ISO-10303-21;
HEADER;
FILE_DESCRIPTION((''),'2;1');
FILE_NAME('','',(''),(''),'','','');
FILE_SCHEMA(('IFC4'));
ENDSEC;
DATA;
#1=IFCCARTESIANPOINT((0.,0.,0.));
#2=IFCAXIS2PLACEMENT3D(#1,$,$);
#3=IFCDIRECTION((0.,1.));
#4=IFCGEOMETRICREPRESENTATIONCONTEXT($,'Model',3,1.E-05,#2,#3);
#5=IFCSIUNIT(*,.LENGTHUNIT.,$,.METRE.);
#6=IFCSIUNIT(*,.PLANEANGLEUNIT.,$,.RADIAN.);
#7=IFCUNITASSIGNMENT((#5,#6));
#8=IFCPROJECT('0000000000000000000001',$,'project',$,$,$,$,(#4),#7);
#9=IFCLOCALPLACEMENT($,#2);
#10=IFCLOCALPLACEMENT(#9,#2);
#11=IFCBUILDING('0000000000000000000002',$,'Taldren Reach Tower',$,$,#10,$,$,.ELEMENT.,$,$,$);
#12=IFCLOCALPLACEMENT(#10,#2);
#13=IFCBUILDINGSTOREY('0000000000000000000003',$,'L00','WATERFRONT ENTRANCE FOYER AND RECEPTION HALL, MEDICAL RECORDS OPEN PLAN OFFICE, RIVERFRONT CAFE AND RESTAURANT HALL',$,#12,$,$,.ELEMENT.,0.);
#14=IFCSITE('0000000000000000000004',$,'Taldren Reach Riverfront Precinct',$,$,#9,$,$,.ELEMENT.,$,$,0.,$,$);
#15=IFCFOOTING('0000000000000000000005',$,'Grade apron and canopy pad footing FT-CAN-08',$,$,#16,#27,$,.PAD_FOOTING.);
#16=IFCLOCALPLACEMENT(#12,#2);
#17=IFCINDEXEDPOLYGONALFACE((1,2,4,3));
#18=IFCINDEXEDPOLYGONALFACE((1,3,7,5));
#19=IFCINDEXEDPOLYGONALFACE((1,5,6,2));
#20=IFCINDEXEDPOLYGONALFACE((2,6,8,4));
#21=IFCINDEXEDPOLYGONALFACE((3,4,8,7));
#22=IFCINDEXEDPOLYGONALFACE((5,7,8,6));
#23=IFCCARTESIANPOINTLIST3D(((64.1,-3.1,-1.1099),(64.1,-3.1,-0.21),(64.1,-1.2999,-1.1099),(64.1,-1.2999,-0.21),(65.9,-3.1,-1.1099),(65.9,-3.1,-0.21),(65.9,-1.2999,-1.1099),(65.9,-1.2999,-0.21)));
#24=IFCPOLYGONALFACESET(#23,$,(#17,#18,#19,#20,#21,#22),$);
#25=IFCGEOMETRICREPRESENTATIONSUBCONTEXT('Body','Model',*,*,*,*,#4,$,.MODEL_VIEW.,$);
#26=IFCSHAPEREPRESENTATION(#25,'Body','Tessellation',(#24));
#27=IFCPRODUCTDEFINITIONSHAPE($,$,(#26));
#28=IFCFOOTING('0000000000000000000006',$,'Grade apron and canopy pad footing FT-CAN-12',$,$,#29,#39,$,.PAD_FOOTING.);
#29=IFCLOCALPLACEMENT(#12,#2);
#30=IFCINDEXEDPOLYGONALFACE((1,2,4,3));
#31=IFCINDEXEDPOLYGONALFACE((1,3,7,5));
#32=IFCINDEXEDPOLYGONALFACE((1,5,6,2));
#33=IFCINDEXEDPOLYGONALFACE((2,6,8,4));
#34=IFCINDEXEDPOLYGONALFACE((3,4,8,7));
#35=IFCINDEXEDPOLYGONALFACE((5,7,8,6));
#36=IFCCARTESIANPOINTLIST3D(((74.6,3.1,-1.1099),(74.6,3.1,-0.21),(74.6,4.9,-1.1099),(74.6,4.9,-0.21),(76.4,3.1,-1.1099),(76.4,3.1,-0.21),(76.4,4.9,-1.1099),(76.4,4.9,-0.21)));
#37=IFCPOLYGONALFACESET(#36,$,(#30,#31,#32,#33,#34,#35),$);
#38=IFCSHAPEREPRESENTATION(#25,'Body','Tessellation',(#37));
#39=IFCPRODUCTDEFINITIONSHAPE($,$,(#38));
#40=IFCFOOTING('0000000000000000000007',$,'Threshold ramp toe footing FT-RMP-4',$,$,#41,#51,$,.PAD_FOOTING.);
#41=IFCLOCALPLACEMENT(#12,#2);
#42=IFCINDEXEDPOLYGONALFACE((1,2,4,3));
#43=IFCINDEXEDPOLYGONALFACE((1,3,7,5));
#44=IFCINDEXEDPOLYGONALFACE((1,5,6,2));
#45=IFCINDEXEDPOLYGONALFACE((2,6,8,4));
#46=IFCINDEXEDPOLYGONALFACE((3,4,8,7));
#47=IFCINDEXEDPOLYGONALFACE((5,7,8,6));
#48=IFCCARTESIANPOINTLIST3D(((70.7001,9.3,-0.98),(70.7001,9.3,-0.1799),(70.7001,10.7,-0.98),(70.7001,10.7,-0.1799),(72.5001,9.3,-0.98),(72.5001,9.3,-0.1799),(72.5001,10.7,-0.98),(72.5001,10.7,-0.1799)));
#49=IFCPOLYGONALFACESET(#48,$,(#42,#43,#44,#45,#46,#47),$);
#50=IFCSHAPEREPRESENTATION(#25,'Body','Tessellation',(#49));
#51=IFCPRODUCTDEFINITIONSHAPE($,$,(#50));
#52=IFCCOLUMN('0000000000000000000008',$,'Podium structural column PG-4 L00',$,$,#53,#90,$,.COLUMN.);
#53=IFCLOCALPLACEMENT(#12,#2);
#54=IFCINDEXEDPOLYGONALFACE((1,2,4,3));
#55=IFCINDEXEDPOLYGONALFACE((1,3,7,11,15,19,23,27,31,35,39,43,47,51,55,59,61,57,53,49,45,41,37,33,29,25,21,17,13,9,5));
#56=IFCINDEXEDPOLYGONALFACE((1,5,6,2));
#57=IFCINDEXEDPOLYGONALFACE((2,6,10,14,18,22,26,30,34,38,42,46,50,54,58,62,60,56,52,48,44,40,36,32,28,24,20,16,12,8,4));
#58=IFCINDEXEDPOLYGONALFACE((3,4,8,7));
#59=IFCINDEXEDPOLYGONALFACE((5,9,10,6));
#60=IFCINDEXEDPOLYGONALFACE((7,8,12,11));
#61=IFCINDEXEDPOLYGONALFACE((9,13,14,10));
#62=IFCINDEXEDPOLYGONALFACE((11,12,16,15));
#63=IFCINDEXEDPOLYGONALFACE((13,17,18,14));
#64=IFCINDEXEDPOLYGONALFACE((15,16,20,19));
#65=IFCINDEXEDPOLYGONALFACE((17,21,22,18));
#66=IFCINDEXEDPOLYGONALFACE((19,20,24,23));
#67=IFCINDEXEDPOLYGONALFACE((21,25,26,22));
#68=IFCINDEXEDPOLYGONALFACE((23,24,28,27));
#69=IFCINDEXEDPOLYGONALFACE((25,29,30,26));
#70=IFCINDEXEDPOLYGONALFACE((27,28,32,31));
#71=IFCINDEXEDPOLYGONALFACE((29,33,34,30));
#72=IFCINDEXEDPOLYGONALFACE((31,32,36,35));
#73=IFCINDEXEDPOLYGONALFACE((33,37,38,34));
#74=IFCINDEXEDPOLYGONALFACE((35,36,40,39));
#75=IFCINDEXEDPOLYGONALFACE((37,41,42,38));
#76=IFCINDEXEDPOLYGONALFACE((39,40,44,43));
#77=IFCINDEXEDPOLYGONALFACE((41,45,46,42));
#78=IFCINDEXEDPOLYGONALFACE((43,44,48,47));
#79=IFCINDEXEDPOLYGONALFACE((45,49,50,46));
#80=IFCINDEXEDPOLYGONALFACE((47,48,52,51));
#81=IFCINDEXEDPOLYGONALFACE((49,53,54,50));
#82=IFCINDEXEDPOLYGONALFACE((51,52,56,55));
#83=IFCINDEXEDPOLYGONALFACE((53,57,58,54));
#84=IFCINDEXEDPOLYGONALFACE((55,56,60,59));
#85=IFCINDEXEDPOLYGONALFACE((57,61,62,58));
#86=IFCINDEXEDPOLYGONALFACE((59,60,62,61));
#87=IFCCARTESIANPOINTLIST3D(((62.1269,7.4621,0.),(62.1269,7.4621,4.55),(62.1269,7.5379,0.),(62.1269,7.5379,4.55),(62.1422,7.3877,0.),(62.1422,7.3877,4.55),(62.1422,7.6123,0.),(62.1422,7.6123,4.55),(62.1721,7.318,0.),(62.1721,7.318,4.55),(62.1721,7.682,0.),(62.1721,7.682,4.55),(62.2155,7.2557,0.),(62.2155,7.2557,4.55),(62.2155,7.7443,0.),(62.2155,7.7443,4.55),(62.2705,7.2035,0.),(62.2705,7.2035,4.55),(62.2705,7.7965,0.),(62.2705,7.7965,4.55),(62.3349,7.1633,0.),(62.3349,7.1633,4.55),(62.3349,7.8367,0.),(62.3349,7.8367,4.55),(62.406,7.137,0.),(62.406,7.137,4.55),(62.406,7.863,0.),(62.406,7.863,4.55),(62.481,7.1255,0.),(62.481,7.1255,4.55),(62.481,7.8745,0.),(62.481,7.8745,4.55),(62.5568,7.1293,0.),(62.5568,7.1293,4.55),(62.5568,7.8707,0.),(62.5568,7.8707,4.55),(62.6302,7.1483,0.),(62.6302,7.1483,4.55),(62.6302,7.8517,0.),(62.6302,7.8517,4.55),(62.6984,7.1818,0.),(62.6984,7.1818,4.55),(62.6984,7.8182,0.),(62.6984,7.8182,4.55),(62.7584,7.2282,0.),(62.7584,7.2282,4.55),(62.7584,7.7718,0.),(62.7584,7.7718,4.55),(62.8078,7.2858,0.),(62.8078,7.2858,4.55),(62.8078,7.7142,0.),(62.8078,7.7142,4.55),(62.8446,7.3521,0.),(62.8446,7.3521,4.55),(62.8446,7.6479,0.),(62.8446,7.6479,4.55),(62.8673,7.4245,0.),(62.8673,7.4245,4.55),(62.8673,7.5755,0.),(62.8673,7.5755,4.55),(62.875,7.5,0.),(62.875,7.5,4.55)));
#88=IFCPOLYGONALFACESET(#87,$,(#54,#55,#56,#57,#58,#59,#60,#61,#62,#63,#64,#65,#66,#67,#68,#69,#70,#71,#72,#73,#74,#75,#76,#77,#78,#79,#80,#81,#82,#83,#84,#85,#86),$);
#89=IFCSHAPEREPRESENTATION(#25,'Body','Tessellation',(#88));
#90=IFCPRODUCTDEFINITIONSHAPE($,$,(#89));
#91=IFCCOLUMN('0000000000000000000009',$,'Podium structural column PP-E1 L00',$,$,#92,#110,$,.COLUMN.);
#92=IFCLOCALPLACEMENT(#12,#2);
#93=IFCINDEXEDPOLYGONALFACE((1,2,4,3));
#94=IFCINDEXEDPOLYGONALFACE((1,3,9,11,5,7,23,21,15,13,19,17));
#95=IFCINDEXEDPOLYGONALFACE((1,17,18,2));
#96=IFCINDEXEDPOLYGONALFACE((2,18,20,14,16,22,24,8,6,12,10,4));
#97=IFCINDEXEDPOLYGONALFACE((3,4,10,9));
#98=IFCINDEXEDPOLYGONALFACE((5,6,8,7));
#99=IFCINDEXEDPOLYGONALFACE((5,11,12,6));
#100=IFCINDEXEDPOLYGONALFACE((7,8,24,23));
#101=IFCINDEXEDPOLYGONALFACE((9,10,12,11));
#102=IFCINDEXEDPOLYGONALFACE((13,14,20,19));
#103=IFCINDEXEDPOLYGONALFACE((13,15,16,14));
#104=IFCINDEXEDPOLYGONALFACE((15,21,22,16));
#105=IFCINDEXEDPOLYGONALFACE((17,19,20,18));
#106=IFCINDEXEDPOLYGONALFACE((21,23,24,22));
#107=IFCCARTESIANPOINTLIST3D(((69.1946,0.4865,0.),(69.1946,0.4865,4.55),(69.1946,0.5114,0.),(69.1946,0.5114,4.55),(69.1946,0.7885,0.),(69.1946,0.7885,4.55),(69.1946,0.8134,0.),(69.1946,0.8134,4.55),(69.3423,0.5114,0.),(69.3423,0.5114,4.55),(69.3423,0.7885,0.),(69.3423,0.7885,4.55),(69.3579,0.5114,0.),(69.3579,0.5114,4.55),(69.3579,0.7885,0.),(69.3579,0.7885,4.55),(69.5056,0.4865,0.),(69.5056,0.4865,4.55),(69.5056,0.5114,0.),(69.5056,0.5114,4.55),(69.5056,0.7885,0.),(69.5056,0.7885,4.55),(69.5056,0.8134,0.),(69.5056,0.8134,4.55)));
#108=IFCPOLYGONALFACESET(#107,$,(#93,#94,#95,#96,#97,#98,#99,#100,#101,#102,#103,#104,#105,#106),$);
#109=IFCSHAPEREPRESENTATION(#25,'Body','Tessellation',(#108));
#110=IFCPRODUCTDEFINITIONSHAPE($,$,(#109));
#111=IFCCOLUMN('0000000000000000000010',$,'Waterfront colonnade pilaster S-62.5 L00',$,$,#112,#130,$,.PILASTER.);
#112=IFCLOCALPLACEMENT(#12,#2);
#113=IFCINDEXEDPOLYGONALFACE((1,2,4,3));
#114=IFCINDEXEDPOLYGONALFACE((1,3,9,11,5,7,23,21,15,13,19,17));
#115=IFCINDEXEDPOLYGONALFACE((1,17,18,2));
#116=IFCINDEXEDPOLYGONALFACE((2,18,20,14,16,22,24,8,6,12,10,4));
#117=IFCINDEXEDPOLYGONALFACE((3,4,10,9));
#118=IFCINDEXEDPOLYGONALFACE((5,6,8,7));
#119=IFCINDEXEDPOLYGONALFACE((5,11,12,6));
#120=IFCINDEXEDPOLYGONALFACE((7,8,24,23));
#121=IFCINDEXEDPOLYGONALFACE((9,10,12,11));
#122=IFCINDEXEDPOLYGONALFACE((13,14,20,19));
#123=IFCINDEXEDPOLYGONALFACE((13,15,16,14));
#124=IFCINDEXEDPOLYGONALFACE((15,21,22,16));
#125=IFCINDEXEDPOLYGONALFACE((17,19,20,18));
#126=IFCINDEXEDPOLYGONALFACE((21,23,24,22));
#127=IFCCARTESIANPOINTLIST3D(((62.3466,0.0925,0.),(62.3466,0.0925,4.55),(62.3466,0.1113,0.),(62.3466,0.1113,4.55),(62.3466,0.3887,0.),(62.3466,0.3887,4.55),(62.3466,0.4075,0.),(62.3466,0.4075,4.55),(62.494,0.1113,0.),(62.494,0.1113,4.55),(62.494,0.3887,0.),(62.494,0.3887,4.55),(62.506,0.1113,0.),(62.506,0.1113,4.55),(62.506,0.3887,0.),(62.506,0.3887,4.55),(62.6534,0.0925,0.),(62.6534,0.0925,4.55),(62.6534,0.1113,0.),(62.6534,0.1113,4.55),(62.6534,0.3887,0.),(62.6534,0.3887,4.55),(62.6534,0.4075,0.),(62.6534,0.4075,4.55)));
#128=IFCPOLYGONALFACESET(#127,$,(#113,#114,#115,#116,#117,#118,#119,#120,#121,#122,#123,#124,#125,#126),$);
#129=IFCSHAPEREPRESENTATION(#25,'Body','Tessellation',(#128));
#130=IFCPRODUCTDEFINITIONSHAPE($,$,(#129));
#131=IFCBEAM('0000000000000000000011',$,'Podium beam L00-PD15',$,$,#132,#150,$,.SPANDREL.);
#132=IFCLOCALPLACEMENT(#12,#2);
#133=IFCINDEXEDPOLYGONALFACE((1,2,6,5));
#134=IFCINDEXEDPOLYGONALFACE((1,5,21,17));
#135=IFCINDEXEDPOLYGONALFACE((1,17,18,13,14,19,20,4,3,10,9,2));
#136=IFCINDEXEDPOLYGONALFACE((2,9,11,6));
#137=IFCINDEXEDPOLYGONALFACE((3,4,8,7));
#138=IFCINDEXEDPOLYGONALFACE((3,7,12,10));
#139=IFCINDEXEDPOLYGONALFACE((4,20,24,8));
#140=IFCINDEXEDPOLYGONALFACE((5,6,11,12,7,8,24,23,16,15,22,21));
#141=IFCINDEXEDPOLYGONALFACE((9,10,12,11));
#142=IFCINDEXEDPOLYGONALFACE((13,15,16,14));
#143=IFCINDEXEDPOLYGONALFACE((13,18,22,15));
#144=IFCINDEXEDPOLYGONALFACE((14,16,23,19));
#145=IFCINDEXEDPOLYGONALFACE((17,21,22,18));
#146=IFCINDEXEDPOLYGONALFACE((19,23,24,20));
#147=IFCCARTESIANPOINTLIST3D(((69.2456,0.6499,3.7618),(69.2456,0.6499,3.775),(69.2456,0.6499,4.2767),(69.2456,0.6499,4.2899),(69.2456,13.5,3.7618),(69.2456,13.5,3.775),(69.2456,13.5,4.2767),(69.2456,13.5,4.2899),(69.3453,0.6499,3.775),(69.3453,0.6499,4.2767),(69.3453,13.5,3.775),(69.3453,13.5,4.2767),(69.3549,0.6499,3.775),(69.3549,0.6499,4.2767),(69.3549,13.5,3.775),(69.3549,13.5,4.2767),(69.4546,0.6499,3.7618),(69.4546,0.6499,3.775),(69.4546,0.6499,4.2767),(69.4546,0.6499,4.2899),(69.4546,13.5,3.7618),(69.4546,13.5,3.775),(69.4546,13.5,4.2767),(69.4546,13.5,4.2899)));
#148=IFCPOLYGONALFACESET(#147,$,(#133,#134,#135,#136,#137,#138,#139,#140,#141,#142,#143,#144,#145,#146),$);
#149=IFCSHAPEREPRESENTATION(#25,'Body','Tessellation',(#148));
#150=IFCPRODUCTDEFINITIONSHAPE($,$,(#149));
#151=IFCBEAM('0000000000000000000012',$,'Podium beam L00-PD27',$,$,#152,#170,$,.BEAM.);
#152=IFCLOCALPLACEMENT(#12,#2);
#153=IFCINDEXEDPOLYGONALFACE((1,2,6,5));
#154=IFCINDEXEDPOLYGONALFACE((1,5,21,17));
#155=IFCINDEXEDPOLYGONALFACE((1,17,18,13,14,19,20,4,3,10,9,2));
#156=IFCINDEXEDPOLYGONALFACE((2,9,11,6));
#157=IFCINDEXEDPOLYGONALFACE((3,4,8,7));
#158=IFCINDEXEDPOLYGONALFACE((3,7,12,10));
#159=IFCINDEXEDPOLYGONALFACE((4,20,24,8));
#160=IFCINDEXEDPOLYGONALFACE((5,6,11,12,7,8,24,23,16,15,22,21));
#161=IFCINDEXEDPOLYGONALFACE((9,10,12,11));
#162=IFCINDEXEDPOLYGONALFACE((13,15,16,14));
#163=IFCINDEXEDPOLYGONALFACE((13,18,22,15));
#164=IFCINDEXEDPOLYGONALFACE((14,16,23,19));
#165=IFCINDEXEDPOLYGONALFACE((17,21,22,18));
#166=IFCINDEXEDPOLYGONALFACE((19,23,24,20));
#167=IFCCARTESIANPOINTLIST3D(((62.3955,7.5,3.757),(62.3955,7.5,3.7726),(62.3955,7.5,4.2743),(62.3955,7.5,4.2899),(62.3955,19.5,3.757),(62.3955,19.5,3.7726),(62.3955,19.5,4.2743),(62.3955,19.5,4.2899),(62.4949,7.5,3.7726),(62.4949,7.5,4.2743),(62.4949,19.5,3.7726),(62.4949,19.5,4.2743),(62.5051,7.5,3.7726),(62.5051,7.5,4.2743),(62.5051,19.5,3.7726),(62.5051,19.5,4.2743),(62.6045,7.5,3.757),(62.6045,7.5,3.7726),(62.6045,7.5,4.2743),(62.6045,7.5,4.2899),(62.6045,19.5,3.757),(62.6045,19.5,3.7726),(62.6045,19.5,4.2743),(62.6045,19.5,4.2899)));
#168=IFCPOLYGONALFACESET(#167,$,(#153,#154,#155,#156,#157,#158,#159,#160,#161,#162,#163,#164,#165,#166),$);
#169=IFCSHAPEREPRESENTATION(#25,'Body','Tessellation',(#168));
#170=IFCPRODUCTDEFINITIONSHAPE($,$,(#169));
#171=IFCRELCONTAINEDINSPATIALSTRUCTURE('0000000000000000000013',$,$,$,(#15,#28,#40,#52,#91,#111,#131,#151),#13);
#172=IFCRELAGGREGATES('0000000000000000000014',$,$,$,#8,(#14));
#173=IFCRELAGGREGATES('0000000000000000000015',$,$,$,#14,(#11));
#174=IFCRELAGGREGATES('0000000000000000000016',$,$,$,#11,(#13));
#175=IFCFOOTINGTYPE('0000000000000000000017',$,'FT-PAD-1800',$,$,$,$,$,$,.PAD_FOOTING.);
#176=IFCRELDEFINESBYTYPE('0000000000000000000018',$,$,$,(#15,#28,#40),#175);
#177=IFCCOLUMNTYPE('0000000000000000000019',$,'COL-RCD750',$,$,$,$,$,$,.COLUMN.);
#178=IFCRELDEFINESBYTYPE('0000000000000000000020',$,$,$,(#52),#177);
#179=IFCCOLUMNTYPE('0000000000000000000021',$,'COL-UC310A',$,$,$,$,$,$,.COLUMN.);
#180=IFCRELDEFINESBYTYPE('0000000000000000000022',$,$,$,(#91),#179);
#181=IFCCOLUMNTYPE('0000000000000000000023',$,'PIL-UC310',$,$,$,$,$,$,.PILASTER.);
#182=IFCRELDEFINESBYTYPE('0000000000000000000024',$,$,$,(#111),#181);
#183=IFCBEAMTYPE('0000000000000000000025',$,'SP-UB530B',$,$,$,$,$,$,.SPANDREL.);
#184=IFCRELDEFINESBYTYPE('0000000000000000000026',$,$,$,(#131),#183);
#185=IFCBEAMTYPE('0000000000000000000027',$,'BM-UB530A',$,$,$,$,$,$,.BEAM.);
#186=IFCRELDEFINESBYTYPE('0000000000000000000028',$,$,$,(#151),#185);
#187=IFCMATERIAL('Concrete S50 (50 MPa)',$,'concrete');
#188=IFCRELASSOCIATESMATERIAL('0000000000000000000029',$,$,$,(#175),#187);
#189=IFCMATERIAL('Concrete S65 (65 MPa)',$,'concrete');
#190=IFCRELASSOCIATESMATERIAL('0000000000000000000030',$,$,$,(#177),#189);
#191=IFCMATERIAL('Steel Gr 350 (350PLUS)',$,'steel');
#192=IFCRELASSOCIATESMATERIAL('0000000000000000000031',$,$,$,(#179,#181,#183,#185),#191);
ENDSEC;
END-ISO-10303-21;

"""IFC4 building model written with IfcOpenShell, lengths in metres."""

from ifc_helpers import new_model, si_unit, direction, frame, origin, origin_2d, place, context, subcontext, project, spatial, rectangle, circle, i_section, extrude, source, transform, mapped, material, material_profile, profile_set, type_object, element, save


model = new_model("IFC4")

# Units and contexts
model_context = context("Model", 3, precision=1e-05, world=origin(), true_north=direction((0.0, 1.0)))
body_context = subcontext(model_context, "Body", "Model", "MODEL_VIEW")
ifc_project = project(units=[si_unit("LENGTHUNIT", "METRE"), si_unit("PLANEANGLEUNIT", "RADIAN")], contexts=[model_context])

# Site, building, storey
site_placement = place(None, origin())
site = spatial("IfcSite", under=ifc_project, at=site_placement, Name="Taldren Reach Riverfront Precinct", CompositionType="ELEMENT", RefElevation=0.0)
building_placement = place(site_placement, origin())
building = spatial("IfcBuilding", under=site, at=building_placement, Name="Taldren Reach Tower", CompositionType="ELEMENT")
storey_placement = place(building_placement, origin())
storey = spatial("IfcBuildingStorey", under=building, at=storey_placement, Name="L00", Description="WATERFRONT ENTRANCE FOYER AND RECEPTION HALL, MEDICAL RECORDS OPEN PLAN OFFICE, RIVERFRONT CAFE AND RESTAURANT HALL", CompositionType="ELEMENT", Elevation=0.0)

# Footings
ifc_material_1 = material(Name="Concrete S50 (50 MPa)", Category="concrete")
footing_type = type_object("IfcFootingType", Name="FT-PAD-1800", PredefinedType="PAD_FOOTING", material=ifc_material_1)
shared_shape_1 = source(origin(), body_context, "Body", "SweptSolid", [
    extrude(rectangle(XDim=1.8, YDim=1.8, at=origin_2d()), origin(), (0.0, 0.0, 1.0), 0.8999),
])
for number, where, z_axis, x_axis, name in (
    (1, (65.0, -2.2, -1.1099), (0.0, 0.0, 1.0), (1.0, 0.0, 0.0), "Grade apron and canopy pad footing FT-CAN-08"),
    (2, (75.5, 4.0, -1.1099), (0.0, 0.0, 1.0), (1.0, 0.0, 0.0), "Grade apron and canopy pad footing FT-CAN-12"),
):
    element("IfcFooting", number, at=place(storey_placement, frame(where, z_axis=z_axis, x_axis=x_axis)), inside=storey, type_object=footing_type, Name=name, PredefinedType="PAD_FOOTING", context=body_context, shape_type="MappedRepresentation", body=[
        mapped(shared_shape_1, transform((0.0, 0.0, 0.0), scale=1.0)),
    ])
shared_shape_2 = source(origin(), body_context, "Body", "SweptSolid", [
    extrude(rectangle(XDim=1.8, YDim=1.3999, at=origin_2d()), origin(), (0.0, 0.0, 1.0), 0.8),
])
footing_placement = place(storey_placement, frame((71.6001, 10.0, -0.98), z_axis=(0.0, 0.0, 1.0), x_axis=(1.0, 0.0, 0.0)))
element("IfcFooting", 3, at=footing_placement, inside=storey, type_object=footing_type, Name="Threshold ramp toe footing FT-RMP-4", PredefinedType="PAD_FOOTING", context=body_context, shape_type="MappedRepresentation", body=[
    mapped(shared_shape_2, transform((0.0, 0.0, 0.0), scale=1.0)),
])

# Columns
ifc_material_2 = material(Name="Concrete S65 (65 MPa)", Category="concrete")
ifc_material_profile_1 = material_profile(ifc_material_2, circle(Radius=0.375, at=origin_2d()), Name="RC-750D")
ifc_profile_set_1 = profile_set([ifc_material_profile_1], Name="Concrete S65 (65 MPa)")
column_type_1 = type_object("IfcColumnType", Name="COL-RCD750", PredefinedType="COLUMN", material=ifc_profile_set_1)
shared_shape_3 = source(origin(), body_context, "Body", "SweptSolid", [
    extrude(circle(Radius=0.375, at=origin_2d()), origin(), (0.0, 0.0, 1.0), 4.55),
])
column_1_placement = place(storey_placement, frame((62.5, 7.5, 0.0), z_axis=(0.0, 0.0, 1.0), x_axis=(1.0, 0.0, 0.0)))
element("IfcColumn", 4, at=column_1_placement, inside=storey, type_object=column_type_1, Name="Podium structural column PG-4 L00", PredefinedType="COLUMN", context=body_context, shape_type="MappedRepresentation", body=[
    mapped(shared_shape_3, transform((0.0, 0.0, 0.0), scale=1.0)),
])
ifc_material_3 = material(Name="Steel Gr 350 (350PLUS)", Category="steel")
ifc_material_profile_2 = material_profile(ifc_material_3, i_section(OverallWidth=0.311, OverallDepth=0.3269, WebThickness=0.0156, FlangeThickness=0.0249, at=origin_2d()), Name="310UC158")
ifc_profile_set_2 = profile_set([ifc_material_profile_2], Name="Steel Gr 350 (350PLUS)")
column_type_2 = type_object("IfcColumnType", Name="COL-UC310A", PredefinedType="COLUMN", material=ifc_profile_set_2)
shared_shape_4 = source(origin(), body_context, "Body", "SweptSolid", [
    extrude(i_section(OverallWidth=0.311, OverallDepth=0.3269, WebThickness=0.0156, FlangeThickness=0.0249, at=origin_2d()), origin(), (0.0, 0.0, 1.0), 4.55),
])
column_2_placement = place(storey_placement, frame((69.3501, 0.6499, 0.0), z_axis=(0.0, 0.0, 1.0), x_axis=(1.0, 0.0, 0.0)))
element("IfcColumn", 5, at=column_2_placement, inside=storey, type_object=column_type_2, Name="Podium structural column PP-E1 L00", PredefinedType="COLUMN", context=body_context, shape_type="MappedRepresentation", body=[
    mapped(shared_shape_4, transform((0.0, 0.0, 0.0), scale=1.0)),
])
ifc_material_profile_3 = material_profile(ifc_material_3, i_section(OverallWidth=0.3069, OverallDepth=0.3149, WebThickness=0.012, FlangeThickness=0.0188, at=origin_2d()), Name="310UC118")
ifc_profile_set_3 = profile_set([ifc_material_profile_3], Name="Steel Gr 350 (350PLUS)")
column_type_3 = type_object("IfcColumnType", Name="PIL-UC310", PredefinedType="PILASTER", material=ifc_profile_set_3)
shared_shape_5 = source(origin(), body_context, "Body", "SweptSolid", [
    extrude(i_section(OverallWidth=0.3069, OverallDepth=0.3149, WebThickness=0.012, FlangeThickness=0.0188, at=origin_2d()), origin(), (0.0, 0.0, 1.0), 4.55),
])
column_3_placement = place(storey_placement, frame((62.5, 0.25, 0.0), z_axis=(0.0, 0.0, 1.0), x_axis=(1.0, 0.0, 0.0)))
element("IfcColumn", 6, at=column_3_placement, inside=storey, type_object=column_type_3, Name="Waterfront colonnade pilaster S-62.5 L00", PredefinedType="PILASTER", context=body_context, shape_type="MappedRepresentation", body=[
    mapped(shared_shape_5, transform((0.0, 0.0, 0.0), scale=1.0)),
])

# Beams
ifc_material_profile_4 = material_profile(ifc_material_3, i_section(OverallWidth=0.209, OverallDepth=0.5281, WebThickness=0.0095, FlangeThickness=0.0132, at=origin_2d()), Name="530UB82.0")
ifc_profile_set_4 = profile_set([ifc_material_profile_4], Name="Steel Gr 350 (350PLUS)")
beam_type_1 = type_object("IfcBeamType", Name="SP-UB530B", PredefinedType="SPANDREL", material=ifc_profile_set_4)
shared_shape_6 = source(origin(), body_context, "Body", "SweptSolid", [
    extrude(i_section(OverallWidth=0.209, OverallDepth=0.5281, WebThickness=0.0095, FlangeThickness=0.0132, at=origin_2d()), origin(), (0.0, 0.0, 1.0), 12.8501),
])
beam_1_placement = place(storey_placement, frame((69.3501, 0.6499, 4.0259), z_axis=(0.0, 1.0, 0.0), x_axis=(-1.0, 0.0, 0.0)))
element("IfcBeam", 7, at=beam_1_placement, inside=storey, type_object=beam_type_1, Name="Podium beam L00-PD15", PredefinedType="SPANDREL", context=body_context, shape_type="MappedRepresentation", body=[
    mapped(shared_shape_6, transform((0.0, 0.0, 0.0), scale=1.0)),
])
ifc_material_profile_5 = material_profile(ifc_material_3, i_section(OverallWidth=0.209, OverallDepth=0.533, WebThickness=0.0103, FlangeThickness=0.0156, at=origin_2d()), Name="530UB92.4")
ifc_profile_set_5 = profile_set([ifc_material_profile_5], Name="Steel Gr 350 (350PLUS)")
beam_type_2 = type_object("IfcBeamType", Name="BM-UB530A", PredefinedType="BEAM", material=ifc_profile_set_5)
shared_shape_7 = source(origin(), body_context, "Body", "SweptSolid", [
    extrude(i_section(OverallWidth=0.209, OverallDepth=0.533, WebThickness=0.0103, FlangeThickness=0.0156, at=origin_2d()), origin(), (0.0, 0.0, 1.0), 12.0),
])
beam_2_placement = place(storey_placement, frame((62.5, 7.5, 4.0234), z_axis=(0.0, 1.0, 0.0), x_axis=(-1.0, 0.0, 0.0)))
element("IfcBeam", 8, at=beam_2_placement, inside=storey, type_object=beam_type_2, Name="Podium beam L00-PD27", PredefinedType="BEAM", context=body_context, shape_type="MappedRepresentation", body=[
    mapped(shared_shape_7, transform((0.0, 0.0, 0.0), scale=1.0)),
])

save(model, "model.ifc")
